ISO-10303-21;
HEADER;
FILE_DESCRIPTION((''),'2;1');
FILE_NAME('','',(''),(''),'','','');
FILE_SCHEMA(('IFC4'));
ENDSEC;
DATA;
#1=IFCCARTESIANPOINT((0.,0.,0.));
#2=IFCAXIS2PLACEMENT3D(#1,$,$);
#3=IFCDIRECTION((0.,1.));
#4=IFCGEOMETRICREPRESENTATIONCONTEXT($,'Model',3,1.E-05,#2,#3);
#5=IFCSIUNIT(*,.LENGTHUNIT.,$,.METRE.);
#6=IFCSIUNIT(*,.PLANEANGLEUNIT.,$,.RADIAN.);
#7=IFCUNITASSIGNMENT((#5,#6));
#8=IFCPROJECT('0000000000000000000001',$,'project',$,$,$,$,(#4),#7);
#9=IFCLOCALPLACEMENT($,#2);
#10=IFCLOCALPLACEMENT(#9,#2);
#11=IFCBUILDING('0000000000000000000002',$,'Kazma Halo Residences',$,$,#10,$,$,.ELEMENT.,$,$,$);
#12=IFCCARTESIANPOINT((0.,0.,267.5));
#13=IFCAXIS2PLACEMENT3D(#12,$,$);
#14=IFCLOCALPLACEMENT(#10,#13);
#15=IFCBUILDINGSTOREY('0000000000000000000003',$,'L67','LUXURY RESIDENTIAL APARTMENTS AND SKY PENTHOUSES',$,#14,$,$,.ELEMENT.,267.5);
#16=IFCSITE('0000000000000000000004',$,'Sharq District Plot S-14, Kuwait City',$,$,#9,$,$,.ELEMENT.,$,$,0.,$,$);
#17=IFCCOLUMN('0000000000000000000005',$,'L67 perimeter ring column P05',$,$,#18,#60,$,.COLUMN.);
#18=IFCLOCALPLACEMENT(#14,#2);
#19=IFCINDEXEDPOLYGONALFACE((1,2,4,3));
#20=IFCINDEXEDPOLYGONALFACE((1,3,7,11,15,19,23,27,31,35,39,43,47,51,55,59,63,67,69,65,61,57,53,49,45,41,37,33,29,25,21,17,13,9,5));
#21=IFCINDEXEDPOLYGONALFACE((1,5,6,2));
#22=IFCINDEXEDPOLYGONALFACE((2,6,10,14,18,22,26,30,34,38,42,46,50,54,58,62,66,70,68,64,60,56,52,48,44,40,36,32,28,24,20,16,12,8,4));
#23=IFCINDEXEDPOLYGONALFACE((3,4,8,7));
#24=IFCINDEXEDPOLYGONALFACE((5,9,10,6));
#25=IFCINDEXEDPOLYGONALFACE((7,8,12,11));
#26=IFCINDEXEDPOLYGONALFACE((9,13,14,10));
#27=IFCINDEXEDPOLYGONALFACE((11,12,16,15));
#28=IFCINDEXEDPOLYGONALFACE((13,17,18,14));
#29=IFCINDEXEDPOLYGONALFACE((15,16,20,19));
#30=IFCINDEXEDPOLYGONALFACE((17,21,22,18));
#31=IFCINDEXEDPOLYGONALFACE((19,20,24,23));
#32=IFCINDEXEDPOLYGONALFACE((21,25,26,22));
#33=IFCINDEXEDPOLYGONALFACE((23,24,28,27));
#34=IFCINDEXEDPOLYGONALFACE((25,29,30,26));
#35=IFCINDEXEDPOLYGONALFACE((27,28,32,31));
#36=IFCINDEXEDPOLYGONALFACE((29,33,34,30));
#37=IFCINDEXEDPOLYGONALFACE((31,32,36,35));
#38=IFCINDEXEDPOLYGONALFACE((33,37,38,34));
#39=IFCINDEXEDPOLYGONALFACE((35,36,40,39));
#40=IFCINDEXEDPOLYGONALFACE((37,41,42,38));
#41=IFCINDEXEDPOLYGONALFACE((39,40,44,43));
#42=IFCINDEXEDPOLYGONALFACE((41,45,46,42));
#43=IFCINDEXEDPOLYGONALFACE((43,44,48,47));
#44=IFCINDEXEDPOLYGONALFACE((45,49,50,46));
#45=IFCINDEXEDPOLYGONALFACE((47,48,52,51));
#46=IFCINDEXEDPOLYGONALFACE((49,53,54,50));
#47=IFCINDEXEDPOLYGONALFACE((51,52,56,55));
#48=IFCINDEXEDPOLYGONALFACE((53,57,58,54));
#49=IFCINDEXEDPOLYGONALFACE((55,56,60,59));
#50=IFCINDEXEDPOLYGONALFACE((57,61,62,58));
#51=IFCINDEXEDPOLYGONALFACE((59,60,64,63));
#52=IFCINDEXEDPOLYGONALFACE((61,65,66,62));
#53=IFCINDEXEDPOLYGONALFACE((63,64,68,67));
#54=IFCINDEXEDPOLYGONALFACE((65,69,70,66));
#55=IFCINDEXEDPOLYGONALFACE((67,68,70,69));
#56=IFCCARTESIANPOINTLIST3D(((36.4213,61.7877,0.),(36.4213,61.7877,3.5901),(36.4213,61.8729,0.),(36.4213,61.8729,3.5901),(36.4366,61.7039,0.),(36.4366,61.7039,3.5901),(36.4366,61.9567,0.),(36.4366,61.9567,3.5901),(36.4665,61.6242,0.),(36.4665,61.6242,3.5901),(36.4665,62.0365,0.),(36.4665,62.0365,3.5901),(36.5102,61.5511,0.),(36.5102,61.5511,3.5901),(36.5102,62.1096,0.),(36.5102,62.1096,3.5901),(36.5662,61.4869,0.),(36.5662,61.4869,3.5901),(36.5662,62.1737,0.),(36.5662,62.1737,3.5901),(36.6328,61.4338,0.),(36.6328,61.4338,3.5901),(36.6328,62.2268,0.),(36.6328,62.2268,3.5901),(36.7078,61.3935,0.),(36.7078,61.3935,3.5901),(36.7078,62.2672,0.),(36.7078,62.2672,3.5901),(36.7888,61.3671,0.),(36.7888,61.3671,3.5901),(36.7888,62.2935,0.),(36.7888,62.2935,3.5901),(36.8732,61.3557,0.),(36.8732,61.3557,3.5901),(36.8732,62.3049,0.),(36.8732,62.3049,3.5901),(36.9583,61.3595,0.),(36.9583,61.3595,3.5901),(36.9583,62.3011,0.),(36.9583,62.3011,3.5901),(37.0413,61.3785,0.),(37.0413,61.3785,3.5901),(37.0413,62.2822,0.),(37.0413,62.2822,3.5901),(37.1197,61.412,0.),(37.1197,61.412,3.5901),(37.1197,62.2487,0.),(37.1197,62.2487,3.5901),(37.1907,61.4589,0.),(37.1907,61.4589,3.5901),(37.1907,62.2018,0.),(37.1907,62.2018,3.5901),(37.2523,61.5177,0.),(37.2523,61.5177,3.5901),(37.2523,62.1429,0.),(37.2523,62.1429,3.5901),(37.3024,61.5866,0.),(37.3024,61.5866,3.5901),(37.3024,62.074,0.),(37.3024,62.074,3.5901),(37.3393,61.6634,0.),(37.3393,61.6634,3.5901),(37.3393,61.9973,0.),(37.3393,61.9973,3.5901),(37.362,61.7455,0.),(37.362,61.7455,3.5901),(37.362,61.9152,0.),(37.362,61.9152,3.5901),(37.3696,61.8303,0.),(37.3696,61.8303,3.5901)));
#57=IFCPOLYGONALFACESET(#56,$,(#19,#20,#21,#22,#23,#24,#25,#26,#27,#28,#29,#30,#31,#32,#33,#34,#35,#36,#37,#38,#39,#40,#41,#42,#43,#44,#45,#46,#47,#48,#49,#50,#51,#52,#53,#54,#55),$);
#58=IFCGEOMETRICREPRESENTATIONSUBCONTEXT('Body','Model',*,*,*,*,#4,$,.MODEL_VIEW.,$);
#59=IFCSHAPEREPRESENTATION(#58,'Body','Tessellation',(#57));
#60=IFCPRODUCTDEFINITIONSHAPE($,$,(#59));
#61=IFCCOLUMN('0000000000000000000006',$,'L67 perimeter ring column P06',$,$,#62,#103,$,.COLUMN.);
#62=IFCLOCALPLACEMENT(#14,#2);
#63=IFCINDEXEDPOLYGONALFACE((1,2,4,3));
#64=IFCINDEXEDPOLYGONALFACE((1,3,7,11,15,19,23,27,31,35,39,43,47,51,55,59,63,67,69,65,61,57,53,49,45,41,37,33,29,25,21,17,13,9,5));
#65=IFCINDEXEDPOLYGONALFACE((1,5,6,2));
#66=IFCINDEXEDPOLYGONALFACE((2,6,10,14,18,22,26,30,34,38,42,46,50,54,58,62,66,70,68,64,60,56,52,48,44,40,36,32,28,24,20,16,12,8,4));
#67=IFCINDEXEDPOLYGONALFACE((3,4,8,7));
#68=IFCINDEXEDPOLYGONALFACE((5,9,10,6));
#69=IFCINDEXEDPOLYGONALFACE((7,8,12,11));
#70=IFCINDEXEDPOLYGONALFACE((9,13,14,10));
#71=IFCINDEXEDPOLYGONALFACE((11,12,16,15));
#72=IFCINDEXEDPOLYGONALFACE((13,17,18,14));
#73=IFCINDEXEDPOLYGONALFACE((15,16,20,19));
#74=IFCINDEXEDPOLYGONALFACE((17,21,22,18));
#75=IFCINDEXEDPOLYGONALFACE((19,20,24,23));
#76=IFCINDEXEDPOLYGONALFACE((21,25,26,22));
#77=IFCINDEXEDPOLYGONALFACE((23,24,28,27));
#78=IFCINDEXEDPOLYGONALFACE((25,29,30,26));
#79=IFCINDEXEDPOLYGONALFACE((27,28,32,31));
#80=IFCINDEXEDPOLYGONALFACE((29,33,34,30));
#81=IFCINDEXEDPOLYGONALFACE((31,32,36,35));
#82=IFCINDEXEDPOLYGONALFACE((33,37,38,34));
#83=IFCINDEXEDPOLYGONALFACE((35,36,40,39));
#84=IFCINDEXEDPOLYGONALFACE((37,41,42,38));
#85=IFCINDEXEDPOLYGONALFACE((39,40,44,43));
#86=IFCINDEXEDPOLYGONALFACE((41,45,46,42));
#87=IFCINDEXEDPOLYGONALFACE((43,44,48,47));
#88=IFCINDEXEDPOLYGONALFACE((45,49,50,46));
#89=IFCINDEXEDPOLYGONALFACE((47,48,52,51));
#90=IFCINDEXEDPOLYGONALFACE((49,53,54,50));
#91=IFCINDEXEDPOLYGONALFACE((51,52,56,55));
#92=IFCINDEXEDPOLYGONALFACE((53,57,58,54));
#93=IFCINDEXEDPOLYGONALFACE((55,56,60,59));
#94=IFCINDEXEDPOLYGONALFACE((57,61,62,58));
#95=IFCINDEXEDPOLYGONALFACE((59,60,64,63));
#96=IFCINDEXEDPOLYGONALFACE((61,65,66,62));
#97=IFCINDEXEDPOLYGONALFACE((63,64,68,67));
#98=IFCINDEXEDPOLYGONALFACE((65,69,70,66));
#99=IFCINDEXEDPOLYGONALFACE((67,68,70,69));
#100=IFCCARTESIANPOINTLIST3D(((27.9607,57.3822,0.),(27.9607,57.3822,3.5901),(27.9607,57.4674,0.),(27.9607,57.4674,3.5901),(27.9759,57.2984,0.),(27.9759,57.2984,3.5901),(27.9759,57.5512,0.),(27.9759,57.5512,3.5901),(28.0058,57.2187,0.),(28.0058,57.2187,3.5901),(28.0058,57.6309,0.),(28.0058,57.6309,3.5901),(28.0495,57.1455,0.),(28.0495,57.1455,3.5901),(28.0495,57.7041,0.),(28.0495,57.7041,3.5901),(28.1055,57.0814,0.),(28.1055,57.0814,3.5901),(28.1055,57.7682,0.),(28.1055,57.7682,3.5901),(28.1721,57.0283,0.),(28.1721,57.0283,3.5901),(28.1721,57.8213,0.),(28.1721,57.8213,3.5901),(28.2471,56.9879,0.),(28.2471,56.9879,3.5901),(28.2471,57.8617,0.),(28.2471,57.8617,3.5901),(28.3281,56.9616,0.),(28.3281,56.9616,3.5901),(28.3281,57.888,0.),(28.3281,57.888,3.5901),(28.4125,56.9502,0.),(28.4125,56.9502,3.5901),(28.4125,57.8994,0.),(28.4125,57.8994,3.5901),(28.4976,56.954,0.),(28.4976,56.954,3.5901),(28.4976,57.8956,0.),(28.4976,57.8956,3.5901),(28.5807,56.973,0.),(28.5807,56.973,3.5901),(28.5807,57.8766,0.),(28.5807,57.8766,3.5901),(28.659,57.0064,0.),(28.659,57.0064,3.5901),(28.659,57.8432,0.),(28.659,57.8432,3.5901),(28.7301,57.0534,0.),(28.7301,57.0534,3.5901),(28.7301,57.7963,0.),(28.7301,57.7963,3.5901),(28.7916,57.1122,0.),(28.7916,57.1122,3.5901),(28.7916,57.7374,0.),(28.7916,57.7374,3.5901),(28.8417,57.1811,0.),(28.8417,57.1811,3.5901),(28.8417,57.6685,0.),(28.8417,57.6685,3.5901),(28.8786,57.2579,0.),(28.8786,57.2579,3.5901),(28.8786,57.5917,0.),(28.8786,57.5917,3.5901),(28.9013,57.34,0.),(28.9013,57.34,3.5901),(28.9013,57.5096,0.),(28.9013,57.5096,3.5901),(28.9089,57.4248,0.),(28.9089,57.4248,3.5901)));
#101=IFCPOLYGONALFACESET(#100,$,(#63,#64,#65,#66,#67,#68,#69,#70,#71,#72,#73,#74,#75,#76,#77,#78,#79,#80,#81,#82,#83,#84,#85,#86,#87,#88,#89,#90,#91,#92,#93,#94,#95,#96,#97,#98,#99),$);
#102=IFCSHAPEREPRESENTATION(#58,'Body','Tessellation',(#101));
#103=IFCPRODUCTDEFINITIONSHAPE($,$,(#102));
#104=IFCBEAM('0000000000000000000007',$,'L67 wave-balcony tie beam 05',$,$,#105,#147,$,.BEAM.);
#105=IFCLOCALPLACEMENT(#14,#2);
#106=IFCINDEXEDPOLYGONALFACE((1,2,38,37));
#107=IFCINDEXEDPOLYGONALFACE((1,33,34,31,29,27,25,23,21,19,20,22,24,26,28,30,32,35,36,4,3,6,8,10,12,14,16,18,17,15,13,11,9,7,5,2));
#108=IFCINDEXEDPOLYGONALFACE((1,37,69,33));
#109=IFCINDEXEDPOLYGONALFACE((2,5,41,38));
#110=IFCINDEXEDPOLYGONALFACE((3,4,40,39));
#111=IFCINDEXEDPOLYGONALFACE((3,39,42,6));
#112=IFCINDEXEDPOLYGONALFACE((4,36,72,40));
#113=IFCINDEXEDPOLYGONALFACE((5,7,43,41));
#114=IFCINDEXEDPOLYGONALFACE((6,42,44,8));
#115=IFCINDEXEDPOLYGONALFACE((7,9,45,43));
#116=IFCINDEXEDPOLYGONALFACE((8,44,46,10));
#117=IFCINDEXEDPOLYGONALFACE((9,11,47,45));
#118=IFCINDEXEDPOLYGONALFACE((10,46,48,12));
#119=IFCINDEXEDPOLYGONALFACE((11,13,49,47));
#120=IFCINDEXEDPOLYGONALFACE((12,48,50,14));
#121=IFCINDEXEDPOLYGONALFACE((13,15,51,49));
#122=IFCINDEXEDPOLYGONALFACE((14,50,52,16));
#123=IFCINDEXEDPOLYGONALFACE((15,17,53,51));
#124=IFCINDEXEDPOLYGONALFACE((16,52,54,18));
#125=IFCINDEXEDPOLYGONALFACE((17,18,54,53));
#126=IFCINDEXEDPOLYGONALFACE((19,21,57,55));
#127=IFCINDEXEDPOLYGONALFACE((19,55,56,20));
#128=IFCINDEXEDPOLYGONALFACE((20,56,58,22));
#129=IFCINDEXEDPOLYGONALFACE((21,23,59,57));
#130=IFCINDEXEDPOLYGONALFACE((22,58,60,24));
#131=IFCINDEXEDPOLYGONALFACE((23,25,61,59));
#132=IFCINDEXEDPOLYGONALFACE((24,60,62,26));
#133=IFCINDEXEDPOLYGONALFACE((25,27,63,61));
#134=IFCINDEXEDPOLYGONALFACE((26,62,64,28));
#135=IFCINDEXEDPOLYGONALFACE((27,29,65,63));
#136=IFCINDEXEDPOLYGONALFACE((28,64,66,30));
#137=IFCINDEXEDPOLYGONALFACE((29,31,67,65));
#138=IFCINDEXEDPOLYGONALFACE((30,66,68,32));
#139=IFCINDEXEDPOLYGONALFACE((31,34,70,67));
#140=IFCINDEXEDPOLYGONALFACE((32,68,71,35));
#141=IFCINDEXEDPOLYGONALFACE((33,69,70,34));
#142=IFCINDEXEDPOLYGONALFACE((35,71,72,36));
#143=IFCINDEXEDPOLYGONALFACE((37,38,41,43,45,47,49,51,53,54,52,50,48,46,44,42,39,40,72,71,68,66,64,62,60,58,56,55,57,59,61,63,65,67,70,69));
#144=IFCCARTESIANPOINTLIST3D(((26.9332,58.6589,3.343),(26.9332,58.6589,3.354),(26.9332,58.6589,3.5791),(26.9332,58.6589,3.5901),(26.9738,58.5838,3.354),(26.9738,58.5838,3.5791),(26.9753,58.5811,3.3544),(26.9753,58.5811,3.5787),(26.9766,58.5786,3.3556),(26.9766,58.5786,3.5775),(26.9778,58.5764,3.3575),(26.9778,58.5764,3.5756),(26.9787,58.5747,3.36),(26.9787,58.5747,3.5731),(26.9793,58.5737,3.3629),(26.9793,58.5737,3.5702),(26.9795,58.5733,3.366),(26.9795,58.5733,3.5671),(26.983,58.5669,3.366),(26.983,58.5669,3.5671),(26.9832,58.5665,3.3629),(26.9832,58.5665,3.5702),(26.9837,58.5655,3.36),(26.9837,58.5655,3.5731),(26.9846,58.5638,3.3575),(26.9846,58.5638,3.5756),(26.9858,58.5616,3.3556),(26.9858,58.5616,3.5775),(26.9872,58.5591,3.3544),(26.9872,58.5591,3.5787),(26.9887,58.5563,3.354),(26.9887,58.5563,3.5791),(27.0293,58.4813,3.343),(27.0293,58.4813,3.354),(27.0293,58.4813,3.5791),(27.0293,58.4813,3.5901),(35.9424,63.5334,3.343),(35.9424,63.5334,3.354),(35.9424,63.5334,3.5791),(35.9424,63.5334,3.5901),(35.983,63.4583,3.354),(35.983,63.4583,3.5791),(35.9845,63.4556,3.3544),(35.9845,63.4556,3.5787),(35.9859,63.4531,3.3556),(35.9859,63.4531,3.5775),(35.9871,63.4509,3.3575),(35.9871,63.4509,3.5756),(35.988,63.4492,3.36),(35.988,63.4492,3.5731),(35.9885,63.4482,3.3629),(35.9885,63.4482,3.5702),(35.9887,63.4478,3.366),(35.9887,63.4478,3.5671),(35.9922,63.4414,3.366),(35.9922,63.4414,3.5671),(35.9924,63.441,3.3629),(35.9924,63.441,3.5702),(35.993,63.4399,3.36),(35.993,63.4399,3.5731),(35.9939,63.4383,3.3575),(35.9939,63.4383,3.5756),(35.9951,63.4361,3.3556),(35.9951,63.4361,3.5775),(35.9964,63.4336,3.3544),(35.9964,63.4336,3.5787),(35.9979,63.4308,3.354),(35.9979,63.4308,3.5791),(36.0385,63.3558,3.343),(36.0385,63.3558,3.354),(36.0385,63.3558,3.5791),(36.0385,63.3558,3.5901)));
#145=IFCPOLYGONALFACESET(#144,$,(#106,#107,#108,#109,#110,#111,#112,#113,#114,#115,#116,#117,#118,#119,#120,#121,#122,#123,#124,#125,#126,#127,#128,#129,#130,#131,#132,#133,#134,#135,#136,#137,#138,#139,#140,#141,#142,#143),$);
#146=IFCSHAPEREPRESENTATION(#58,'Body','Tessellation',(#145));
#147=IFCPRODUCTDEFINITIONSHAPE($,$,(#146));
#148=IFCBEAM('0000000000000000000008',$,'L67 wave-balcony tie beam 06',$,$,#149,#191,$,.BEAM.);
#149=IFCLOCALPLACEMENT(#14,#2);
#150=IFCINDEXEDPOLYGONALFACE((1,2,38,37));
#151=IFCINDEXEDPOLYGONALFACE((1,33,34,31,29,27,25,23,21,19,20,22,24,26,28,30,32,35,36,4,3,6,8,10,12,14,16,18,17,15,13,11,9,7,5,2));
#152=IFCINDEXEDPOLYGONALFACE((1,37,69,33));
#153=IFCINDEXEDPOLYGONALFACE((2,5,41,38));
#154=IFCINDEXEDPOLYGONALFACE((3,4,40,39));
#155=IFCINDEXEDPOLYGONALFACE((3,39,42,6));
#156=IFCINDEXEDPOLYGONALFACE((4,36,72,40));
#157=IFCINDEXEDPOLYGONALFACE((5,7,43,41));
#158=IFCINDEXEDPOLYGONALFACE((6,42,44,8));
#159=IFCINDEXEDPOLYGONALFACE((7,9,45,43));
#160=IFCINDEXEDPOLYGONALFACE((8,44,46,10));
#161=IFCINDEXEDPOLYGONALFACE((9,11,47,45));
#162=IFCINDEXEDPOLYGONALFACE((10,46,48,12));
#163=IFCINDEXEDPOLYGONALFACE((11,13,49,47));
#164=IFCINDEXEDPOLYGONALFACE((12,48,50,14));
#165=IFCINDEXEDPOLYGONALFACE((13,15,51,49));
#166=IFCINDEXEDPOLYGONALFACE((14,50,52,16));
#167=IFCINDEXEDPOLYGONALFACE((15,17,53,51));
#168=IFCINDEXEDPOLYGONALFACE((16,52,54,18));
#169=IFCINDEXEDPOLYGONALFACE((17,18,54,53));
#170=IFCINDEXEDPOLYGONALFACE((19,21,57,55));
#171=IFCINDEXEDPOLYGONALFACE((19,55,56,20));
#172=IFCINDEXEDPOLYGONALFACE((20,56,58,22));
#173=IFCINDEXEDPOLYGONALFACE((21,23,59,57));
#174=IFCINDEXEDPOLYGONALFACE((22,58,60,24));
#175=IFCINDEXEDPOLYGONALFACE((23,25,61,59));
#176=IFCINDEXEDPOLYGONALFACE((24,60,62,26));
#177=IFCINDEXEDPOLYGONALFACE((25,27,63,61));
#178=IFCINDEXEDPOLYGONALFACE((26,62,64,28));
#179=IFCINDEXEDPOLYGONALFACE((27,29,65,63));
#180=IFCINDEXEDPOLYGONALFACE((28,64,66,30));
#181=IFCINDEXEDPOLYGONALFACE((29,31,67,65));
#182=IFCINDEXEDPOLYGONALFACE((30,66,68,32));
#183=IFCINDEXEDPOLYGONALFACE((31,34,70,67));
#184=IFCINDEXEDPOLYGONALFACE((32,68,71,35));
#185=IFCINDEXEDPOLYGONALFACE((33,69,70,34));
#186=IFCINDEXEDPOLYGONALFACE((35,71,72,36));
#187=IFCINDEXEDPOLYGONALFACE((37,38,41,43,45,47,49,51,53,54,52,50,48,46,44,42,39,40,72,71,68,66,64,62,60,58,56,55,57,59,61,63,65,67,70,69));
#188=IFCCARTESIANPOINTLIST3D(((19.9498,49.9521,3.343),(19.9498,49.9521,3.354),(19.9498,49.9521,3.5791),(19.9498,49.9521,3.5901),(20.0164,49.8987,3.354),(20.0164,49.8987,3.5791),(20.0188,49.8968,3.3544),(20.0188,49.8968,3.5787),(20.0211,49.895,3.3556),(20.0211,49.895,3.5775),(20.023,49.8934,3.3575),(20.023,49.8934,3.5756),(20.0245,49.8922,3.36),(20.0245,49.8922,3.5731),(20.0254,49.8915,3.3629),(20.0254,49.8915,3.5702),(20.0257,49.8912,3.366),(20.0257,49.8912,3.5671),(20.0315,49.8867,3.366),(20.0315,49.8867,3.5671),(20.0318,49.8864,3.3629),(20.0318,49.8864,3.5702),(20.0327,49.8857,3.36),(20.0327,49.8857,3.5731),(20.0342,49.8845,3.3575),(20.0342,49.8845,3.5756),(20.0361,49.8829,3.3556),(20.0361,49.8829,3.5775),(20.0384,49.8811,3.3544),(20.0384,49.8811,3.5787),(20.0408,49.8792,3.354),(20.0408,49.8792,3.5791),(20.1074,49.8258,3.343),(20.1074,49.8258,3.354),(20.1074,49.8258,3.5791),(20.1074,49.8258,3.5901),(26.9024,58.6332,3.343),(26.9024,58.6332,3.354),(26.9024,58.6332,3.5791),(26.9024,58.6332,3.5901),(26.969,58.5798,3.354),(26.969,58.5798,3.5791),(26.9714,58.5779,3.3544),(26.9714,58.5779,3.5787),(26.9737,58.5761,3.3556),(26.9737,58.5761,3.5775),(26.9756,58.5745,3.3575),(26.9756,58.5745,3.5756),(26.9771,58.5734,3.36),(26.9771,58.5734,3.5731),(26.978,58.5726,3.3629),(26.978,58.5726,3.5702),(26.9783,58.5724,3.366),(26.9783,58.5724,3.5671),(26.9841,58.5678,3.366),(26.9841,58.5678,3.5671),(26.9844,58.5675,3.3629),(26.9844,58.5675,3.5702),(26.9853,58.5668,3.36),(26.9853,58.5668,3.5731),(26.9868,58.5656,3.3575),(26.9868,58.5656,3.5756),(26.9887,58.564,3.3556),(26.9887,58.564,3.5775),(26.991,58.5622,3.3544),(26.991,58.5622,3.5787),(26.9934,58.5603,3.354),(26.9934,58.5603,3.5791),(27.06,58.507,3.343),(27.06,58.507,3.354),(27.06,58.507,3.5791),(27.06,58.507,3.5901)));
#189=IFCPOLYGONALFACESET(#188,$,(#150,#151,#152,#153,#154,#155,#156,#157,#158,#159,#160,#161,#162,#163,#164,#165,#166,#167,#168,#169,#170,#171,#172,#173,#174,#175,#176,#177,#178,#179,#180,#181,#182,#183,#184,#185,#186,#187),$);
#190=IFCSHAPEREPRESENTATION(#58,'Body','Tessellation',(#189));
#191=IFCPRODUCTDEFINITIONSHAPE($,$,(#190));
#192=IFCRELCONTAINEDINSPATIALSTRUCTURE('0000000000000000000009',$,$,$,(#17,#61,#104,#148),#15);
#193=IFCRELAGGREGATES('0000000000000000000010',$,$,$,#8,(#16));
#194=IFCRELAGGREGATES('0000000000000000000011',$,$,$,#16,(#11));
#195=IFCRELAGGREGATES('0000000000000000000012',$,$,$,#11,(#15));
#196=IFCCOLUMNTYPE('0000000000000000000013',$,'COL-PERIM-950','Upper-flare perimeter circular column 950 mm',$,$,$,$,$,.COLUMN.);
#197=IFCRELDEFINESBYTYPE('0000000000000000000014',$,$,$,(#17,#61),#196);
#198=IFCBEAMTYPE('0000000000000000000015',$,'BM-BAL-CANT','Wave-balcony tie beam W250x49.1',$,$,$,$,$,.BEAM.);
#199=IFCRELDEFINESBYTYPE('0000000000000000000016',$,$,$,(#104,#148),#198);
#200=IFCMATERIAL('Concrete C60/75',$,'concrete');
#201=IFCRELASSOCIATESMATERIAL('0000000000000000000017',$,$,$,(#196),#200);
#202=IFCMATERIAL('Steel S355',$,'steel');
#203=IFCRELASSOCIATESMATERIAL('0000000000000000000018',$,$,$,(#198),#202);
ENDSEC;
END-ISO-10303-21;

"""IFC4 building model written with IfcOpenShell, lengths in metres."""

from ifc_helpers import new_model, si_unit, direction, frame, origin, origin_2d, place, context, subcontext, project, spatial, circle, i_section, extrude, material, material_profile, profile_set, type_object, element, save


model = new_model("IFC4")

# Units and contexts
model_context = context("Model", 3, precision=1e-05, world=origin(), true_north=direction((0.0, 1.0)))
body_context = subcontext(model_context, "Body", "Model", "MODEL_VIEW")
ifc_project = project(units=[si_unit("LENGTHUNIT", "METRE"), si_unit("PLANEANGLEUNIT", "RADIAN")], contexts=[model_context])

# Site, building, storey
site_placement = place(None, origin())
site = spatial("IfcSite", under=ifc_project, at=site_placement, Name="Sharq District Plot S-14, Kuwait City", CompositionType="ELEMENT", RefElevation=0.0)
building_placement = place(site_placement, origin())
building = spatial("IfcBuilding", under=site, at=building_placement, Name="Kazma Halo Residences", CompositionType="ELEMENT")
storey_placement = place(building_placement, frame((0.0, 0.0, 267.5)))
storey = spatial("IfcBuildingStorey", under=building, at=storey_placement, Name="L67", Description="LUXURY RESIDENTIAL APARTMENTS AND SKY PENTHOUSES", CompositionType="ELEMENT", Elevation=267.5)

# Columns
ifc_material_1 = material(Name="Concrete C60/75", Category="concrete")
ifc_material_profile_1 = material_profile(ifc_material_1, circle(Radius=0.4751, at=origin_2d()), Name="CIRC950")
ifc_profile_set_1 = profile_set([ifc_material_profile_1], Name="Concrete C60/75")
column_type = type_object("IfcColumnType", Name="COL-PERIM-950", Description="Upper-flare perimeter circular column 950 mm", PredefinedType="COLUMN", material=ifc_profile_set_1)
for number, where, z_axis, x_axis, name in (
    (1, (36.8945, 61.8303, 0.0), (0.0, 0.0, 1.0), (1.0, 0.0, 0.0), "L67 perimeter ring column P05"),
    (2, (28.4338, 57.4248, 0.0), (0.0, 0.0, 1.0), (1.0, 0.0, 0.0), "L67 perimeter ring column P06"),
):
    element("IfcColumn", number, at=place(storey_placement, frame(where, z_axis=z_axis, x_axis=x_axis)), inside=storey, type_object=column_type, Name=name, PredefinedType="COLUMN", context=body_context, shape_type="SweptSolid", body=[
        extrude(circle(Radius=0.4751, at=origin_2d()), origin(), (0.0, 0.0, 1.0), 3.5901),
    ])

# Beams
ifc_material_2 = material(Name="Steel S355", Category="steel")
ifc_material_profile_2 = material_profile(ifc_material_2, i_section(OverallWidth=0.2019, OverallDepth=0.2471, WebThickness=0.0073, FlangeThickness=0.011, FilletRadius=0.012, at=origin_2d()), Name="W250x49.1")
ifc_profile_set_2 = profile_set([ifc_material_profile_2], Name="Steel S355")
beam_type_1 = type_object("IfcBeamType", Name="BM-BAL-CANT", Description="Wave-balcony tie beam W250x49.1", PredefinedType="BEAM", material=ifc_profile_set_2)
beam_1_placement = place(storey_placement, frame((35.9905, 63.4446, 3.4666), z_axis=(-0.879517, -0.475867, 0.0), x_axis=(0.475867, -0.879517, 0.0)))
element("IfcBeam", 3, at=beam_1_placement, inside=storey, type_object=beam_type_1, Name="L67 wave-balcony tie beam 05", PredefinedType="BEAM", context=body_context, shape_type="SweptSolid", body=[
    extrude(i_section(OverallWidth=0.2019, OverallDepth=0.2471, WebThickness=0.0073, FlangeThickness=0.011, FilletRadius=0.012, at=origin_2d()), origin(), (0.0, 0.0, 1.0), 10.2434),
])
beam_2_placement = place(storey_placement, frame((26.9812, 58.5701, 3.4666), z_axis=(-0.625118, -0.78053, 0.0), x_axis=(0.78053, -0.625118, 0.0)))
element("IfcBeam", 4, at=beam_2_placement, inside=storey, type_object=beam_type_1, Name="L67 wave-balcony tie beam 06", PredefinedType="BEAM", context=body_context, shape_type="SweptSolid", body=[
    extrude(i_section(OverallWidth=0.2019, OverallDepth=0.2471, WebThickness=0.0073, FlangeThickness=0.011, FilletRadius=0.012, at=origin_2d()), origin(), (0.0, 0.0, 1.0), 11.1221),
])

save(model, "model.ifc")
